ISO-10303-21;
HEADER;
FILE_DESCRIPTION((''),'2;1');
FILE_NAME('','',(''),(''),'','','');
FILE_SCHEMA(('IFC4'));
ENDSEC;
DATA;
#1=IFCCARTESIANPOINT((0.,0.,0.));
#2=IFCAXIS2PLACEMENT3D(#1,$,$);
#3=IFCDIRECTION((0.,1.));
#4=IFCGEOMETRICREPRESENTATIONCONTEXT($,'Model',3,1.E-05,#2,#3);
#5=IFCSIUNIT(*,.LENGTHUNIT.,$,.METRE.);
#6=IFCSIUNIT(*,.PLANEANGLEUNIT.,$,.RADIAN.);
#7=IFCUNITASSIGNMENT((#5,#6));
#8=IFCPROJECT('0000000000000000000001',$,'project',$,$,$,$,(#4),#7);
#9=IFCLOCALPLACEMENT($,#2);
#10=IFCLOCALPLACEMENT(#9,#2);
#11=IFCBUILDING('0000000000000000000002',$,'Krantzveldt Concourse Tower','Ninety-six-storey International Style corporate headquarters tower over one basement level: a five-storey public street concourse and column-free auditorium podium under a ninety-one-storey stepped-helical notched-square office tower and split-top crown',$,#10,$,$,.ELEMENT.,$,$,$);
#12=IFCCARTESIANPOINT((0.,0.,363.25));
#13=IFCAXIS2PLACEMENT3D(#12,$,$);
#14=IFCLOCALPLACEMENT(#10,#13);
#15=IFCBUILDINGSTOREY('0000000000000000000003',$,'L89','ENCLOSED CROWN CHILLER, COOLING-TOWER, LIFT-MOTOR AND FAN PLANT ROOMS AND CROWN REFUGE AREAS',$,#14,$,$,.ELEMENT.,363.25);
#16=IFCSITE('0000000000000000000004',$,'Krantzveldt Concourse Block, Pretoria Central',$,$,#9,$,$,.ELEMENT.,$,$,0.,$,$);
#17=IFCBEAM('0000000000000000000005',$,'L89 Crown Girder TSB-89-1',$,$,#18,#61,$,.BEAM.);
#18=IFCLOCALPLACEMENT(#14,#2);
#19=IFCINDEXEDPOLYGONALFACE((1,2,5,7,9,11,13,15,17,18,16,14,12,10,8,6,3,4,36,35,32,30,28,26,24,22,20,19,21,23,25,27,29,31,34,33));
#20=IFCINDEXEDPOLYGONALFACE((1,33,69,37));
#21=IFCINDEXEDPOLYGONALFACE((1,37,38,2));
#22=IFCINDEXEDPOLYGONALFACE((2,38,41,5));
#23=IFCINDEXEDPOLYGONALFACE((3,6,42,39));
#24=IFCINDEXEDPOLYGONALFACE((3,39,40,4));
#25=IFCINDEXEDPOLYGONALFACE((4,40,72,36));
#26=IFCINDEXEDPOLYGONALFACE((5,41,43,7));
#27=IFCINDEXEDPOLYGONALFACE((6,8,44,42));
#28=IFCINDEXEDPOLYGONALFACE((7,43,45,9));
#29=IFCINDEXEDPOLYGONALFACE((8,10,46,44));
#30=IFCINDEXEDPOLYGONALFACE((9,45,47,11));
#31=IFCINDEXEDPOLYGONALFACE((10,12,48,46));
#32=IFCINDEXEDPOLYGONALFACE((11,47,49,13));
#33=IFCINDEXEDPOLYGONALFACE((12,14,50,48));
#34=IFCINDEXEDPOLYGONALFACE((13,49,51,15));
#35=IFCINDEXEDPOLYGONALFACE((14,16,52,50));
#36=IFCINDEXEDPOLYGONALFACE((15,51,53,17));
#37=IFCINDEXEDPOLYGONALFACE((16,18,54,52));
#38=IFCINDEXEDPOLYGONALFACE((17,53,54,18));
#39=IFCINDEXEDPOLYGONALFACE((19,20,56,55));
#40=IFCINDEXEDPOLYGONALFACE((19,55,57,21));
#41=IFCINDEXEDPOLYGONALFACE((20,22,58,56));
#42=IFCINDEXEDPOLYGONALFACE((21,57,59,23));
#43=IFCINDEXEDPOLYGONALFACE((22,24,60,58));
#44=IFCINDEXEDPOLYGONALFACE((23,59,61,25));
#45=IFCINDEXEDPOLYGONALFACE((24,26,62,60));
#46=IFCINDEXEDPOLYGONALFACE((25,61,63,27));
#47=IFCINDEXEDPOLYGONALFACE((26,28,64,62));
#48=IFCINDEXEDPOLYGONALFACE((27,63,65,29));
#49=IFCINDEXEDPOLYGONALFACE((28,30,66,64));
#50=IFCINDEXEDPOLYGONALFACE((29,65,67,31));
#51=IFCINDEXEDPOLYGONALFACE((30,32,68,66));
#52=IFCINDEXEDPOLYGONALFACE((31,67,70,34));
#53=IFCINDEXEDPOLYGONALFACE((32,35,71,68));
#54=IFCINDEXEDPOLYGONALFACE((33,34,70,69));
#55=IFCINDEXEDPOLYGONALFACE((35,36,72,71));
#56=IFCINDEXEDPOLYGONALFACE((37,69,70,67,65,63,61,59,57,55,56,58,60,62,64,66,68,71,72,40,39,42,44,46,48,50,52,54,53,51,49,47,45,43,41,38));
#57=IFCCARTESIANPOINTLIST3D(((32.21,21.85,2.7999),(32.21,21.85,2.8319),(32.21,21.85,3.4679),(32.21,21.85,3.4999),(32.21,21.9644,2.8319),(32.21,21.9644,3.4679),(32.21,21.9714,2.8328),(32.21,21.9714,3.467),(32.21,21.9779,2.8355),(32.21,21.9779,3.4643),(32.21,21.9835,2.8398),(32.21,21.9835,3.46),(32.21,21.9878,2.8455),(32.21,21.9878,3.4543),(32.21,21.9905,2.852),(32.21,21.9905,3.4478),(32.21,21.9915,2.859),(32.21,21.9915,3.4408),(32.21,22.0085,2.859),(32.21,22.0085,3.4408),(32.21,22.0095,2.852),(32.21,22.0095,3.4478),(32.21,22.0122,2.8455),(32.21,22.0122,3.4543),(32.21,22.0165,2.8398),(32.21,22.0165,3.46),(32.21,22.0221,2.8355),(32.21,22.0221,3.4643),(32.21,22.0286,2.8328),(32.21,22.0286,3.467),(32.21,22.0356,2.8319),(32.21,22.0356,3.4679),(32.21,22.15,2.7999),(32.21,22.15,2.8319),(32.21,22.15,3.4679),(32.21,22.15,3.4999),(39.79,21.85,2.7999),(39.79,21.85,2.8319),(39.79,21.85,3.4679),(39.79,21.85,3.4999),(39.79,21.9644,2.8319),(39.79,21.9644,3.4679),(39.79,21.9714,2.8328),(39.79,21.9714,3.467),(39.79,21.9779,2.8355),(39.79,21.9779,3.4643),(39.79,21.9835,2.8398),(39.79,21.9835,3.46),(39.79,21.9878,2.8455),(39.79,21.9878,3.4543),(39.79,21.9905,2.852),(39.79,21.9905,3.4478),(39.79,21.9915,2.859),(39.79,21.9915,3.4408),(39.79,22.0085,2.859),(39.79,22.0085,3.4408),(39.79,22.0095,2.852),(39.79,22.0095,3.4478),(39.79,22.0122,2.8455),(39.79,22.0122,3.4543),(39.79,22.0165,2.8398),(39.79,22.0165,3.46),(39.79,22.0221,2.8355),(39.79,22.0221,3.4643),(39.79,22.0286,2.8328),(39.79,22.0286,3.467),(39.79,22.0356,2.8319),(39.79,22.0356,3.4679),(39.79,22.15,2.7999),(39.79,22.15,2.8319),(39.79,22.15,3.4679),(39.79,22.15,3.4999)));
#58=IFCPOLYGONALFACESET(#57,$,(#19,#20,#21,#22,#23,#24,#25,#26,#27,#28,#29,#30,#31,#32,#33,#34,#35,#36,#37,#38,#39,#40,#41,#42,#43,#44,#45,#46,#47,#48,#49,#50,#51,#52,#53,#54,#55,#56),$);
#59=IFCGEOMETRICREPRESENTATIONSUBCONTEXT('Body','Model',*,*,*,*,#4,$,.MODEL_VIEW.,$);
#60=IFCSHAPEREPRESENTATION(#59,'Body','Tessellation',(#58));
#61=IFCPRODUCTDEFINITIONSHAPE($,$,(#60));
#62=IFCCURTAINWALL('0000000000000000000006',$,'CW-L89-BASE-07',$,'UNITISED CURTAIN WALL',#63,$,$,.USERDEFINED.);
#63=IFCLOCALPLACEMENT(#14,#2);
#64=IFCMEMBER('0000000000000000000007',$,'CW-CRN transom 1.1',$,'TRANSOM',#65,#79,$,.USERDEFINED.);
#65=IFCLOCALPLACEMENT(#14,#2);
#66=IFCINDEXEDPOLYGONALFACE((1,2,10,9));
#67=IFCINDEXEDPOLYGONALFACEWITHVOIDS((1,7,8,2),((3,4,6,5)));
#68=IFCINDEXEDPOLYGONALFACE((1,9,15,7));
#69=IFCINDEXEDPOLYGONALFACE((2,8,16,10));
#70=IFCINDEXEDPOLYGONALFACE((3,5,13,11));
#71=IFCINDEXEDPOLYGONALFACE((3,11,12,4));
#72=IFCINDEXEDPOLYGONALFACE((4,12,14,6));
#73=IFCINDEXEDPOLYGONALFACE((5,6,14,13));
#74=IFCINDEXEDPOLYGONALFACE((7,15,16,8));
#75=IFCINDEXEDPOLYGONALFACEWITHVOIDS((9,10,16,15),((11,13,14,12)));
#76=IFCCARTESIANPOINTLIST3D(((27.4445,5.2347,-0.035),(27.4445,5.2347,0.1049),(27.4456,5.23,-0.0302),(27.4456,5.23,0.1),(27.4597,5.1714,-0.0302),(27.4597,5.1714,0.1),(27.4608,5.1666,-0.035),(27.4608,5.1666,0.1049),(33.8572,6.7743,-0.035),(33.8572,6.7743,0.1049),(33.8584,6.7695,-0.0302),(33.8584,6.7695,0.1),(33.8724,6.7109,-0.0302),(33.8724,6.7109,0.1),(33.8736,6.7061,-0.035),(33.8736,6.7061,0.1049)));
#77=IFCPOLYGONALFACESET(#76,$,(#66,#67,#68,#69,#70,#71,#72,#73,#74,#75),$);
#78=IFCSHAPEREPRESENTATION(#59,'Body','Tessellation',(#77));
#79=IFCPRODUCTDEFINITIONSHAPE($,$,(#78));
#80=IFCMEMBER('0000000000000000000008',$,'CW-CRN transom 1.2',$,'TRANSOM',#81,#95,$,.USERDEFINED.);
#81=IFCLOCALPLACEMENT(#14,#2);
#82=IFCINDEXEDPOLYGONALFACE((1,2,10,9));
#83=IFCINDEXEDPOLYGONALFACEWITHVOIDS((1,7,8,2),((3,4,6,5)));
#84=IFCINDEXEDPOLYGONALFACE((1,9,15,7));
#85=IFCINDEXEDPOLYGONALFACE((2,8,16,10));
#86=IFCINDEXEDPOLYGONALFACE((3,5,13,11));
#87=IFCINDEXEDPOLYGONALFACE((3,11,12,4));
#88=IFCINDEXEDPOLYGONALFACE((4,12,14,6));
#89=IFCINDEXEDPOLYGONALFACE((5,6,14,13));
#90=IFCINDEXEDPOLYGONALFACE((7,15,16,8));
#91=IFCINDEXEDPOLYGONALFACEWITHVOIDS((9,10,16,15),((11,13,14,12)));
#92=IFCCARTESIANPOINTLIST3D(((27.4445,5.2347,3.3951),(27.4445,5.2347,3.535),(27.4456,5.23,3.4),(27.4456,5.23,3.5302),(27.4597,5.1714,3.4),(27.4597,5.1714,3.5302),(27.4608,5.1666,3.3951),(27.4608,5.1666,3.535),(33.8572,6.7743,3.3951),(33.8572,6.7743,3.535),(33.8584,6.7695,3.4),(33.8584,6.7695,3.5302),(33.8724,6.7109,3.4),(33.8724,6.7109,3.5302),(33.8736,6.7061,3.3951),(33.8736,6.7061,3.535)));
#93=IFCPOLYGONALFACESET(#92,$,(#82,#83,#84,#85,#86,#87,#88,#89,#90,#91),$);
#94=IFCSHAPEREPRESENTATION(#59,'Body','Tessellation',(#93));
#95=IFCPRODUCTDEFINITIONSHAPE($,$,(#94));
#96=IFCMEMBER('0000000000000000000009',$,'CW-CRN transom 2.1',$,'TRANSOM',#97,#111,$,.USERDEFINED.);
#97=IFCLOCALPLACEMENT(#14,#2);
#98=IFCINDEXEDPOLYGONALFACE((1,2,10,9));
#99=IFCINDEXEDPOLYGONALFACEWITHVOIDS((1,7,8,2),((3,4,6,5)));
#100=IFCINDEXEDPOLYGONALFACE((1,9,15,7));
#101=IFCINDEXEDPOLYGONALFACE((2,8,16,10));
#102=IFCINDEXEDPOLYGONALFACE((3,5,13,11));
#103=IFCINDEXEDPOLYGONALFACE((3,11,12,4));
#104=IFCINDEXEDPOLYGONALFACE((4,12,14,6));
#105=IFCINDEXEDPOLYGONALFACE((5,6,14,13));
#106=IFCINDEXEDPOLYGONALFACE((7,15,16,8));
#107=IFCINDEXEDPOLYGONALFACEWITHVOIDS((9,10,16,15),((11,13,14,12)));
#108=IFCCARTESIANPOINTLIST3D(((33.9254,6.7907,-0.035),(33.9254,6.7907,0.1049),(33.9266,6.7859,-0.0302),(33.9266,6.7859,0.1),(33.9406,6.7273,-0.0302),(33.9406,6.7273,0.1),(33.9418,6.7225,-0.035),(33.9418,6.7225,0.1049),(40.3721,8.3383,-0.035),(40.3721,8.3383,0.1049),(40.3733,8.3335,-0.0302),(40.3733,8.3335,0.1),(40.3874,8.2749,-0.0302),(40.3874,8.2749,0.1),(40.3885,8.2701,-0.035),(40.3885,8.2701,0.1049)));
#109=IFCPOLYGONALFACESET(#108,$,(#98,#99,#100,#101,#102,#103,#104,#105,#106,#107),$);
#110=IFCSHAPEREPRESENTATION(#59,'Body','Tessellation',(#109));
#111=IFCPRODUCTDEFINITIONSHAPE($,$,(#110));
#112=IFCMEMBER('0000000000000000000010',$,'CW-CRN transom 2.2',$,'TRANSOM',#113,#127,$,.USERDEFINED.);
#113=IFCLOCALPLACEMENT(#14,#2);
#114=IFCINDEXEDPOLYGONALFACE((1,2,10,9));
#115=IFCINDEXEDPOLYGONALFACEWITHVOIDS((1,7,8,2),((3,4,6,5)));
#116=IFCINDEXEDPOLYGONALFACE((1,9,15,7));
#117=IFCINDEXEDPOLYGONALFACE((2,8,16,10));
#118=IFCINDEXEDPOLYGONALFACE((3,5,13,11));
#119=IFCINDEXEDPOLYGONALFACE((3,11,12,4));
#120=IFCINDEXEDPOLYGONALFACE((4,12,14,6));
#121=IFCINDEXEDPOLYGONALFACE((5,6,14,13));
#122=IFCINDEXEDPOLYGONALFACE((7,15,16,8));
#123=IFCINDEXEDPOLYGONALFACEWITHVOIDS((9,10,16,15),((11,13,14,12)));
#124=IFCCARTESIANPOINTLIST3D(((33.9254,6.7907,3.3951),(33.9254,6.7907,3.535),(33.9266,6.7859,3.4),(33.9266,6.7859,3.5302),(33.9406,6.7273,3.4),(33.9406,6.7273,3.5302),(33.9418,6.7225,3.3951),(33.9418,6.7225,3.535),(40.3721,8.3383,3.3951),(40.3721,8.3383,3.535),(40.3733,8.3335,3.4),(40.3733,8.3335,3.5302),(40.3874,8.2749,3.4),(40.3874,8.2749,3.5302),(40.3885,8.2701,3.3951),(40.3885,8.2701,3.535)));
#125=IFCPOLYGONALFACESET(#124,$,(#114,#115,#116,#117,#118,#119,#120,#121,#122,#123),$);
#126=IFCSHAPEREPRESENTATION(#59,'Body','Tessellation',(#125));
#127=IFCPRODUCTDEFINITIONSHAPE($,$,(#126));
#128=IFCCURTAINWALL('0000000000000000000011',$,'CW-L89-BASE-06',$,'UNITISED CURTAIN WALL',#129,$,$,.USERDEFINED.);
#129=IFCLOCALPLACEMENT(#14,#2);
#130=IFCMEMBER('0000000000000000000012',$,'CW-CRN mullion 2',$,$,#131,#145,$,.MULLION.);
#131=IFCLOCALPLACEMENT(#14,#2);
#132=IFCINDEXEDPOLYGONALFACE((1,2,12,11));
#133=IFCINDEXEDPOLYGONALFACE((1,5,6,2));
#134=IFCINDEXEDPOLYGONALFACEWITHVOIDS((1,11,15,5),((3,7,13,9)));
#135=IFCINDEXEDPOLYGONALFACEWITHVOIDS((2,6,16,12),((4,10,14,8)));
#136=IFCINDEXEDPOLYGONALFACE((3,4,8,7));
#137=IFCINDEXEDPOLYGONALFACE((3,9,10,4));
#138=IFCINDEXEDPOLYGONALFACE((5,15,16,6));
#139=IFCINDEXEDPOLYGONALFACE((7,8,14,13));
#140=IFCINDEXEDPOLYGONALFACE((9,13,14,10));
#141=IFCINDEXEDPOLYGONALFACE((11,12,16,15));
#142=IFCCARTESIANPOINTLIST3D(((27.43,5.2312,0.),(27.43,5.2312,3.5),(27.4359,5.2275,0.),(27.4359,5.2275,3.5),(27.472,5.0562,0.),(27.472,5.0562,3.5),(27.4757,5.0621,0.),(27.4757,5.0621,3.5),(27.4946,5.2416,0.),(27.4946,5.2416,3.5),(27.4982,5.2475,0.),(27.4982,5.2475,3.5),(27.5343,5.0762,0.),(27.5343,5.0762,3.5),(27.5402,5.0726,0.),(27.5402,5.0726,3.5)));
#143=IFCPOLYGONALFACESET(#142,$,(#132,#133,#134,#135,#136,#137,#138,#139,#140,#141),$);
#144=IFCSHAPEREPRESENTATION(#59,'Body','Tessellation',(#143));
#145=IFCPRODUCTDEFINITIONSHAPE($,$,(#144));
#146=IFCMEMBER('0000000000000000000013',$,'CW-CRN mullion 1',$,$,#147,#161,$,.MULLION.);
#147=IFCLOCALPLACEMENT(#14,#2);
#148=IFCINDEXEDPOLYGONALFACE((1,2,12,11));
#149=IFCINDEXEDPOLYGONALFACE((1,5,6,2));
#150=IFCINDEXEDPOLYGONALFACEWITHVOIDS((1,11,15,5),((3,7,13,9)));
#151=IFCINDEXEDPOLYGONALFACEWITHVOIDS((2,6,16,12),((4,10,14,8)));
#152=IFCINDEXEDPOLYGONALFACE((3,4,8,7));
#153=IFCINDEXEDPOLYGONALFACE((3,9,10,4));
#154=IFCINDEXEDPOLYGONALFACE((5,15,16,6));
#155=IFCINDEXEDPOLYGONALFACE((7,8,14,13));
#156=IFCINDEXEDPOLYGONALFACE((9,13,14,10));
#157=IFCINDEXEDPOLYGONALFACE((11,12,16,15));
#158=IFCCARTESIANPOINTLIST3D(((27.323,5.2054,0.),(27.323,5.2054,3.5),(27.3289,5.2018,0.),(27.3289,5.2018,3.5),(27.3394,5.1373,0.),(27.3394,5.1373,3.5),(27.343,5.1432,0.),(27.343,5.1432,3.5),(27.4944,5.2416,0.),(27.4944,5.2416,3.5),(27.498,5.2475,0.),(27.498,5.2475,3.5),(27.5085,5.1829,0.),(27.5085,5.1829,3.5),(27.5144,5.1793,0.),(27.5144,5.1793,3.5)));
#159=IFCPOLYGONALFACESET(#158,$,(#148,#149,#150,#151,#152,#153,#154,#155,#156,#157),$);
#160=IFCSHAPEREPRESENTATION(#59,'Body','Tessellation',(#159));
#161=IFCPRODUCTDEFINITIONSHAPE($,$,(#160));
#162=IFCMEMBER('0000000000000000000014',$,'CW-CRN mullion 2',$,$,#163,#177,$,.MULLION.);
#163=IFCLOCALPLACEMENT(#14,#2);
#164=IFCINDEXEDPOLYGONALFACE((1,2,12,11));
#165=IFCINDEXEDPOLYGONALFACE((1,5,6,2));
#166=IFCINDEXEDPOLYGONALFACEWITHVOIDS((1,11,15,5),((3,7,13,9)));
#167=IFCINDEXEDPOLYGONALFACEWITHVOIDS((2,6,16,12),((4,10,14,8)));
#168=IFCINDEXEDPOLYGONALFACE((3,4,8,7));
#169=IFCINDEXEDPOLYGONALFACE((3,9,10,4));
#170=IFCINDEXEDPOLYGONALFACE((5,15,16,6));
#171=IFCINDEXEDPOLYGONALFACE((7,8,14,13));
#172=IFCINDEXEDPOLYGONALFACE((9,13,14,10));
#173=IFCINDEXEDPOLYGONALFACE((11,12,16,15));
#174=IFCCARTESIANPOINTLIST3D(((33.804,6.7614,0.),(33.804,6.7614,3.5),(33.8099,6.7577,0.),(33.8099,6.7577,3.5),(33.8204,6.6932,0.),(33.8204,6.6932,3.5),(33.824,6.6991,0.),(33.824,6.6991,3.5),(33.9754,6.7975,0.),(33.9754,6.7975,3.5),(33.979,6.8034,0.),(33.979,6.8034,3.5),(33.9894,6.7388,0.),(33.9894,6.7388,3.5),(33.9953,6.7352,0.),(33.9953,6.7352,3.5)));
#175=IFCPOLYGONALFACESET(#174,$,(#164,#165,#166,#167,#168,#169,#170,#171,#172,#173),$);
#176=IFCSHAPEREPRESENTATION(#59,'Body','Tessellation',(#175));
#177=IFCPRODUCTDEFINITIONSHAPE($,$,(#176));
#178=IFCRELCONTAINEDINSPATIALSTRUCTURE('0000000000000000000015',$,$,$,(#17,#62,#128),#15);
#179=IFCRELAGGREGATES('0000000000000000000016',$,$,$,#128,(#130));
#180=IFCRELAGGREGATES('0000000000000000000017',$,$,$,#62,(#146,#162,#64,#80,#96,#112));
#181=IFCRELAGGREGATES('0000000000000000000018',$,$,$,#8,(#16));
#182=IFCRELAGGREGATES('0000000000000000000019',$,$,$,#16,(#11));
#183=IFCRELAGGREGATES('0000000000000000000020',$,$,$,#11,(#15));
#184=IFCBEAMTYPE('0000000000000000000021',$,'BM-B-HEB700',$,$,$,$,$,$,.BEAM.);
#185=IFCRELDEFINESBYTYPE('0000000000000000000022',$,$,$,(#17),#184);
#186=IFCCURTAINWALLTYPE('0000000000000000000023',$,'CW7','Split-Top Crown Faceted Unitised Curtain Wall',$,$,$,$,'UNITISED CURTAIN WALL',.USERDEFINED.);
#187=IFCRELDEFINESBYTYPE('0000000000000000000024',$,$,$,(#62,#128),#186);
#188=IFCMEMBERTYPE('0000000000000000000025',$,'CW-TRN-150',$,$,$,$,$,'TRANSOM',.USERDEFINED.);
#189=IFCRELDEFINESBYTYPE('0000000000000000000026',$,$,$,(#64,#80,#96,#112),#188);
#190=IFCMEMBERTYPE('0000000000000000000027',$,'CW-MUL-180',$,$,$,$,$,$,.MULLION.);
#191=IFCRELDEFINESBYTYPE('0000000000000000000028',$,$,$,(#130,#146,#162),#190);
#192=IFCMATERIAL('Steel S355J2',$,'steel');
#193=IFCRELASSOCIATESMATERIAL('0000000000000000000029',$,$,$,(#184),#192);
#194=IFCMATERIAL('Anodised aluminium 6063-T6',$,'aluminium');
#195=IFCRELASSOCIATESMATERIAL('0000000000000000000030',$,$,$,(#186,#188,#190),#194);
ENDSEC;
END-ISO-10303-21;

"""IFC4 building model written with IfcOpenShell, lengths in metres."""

from ifc_helpers import new_model, si_unit, direction, frame, origin, origin_2d, place, context, subcontext, project, spatial, hollow_rectangle, i_section, extrude, source, transform, mapped, material, material_profile, profile_set, type_object, type_shapes, element, aggregate, save


model = new_model("IFC4")

# Units and contexts
model_context = context("Model", 3, precision=1e-05, world=origin(), true_north=direction((0.0, 1.0)))
body_context = subcontext(model_context, "Body", "Model", "MODEL_VIEW")
ifc_project = project(units=[si_unit("LENGTHUNIT", "METRE"), si_unit("PLANEANGLEUNIT", "RADIAN")], contexts=[model_context])

# Site, building, storey
site_placement = place(None, origin())
site = spatial("IfcSite", under=ifc_project, at=site_placement, Name="Krantzveldt Concourse Block, Pretoria Central", CompositionType="ELEMENT", RefElevation=0.0)
building_placement = place(site_placement, origin())
building = spatial("IfcBuilding", under=site, at=building_placement, Name="Krantzveldt Concourse Tower", Description="Ninety-six-storey International Style corporate headquarters tower over one basement level: a five-storey public street concourse and column-free auditorium podium under a ninety-one-storey stepped-helical notched-square office tower and split-top crown", CompositionType="ELEMENT")
storey_placement = place(building_placement, frame((0.0, 0.0, 363.25)))
storey = spatial("IfcBuildingStorey", under=building, at=storey_placement, Name="L89", Description="ENCLOSED CROWN CHILLER, COOLING-TOWER, LIFT-MOTOR AND FAN PLANT ROOMS AND CROWN REFUGE AREAS", CompositionType="ELEMENT", Elevation=363.25)

# Beam
ifc_material_1 = material(Name="Steel S355J2", Category="steel")
ifc_material_profile_1 = material_profile(ifc_material_1, i_section(OverallWidth=0.3, OverallDepth=0.7, WebThickness=0.0171, FlangeThickness=0.032, FilletRadius=0.0271, at=origin_2d()), Name="Steel S355J2", Category="steel")
ifc_profile_set_1 = profile_set([ifc_material_profile_1], Name="Steel S355J2 - HEB 700")
beam_type = type_object("IfcBeamType", Name="BM-B-HEB700", PredefinedType="BEAM", material=ifc_profile_set_1)
shared_shape_1 = source(origin(), body_context, "Body", "SweptSolid", [
    extrude(i_section(OverallWidth=0.3, OverallDepth=0.7, WebThickness=0.0171, FlangeThickness=0.032, FilletRadius=0.0271, at=origin_2d()), origin(), (0.0, 0.0, 1.0), 7.5801),
])
type_shapes(beam_type, [shared_shape_1])
beam_placement = place(storey_placement, frame((32.21, 22.0, 3.1499), z_axis=(1.0, 0.0, 0.0), x_axis=(0.0, 1.0, 0.0)))
element("IfcBeam", 1, at=beam_placement, inside=storey, type_object=beam_type, Name="L89 Crown Girder TSB-89-1", PredefinedType="BEAM", context=body_context, shape_type="MappedRepresentation", body=[
    mapped(shared_shape_1, transform((0.0, 0.0, 0.0), x_axis=(1.0, 0.0, 0.0), y_axis=(0.0, 1.0, 0.0), z_axis=(0.0, 0.0, 1.0), scale=1.0)),
])

# Curtain wall, members
ifc_material_2 = material(Name="Anodised aluminium 6063-T6", Category="aluminium")
curtain_wall_type = type_object("IfcCurtainWallType", Name="CW7", Description="Split-Top Crown Faceted Unitised Curtain Wall", ElementType="UNITISED CURTAIN WALL", PredefinedType="USERDEFINED", material=ifc_material_2)
curtain_wall_1_placement = place(storey_placement, origin())
curtain_wall_1 = element("IfcCurtainWall", 2, at=curtain_wall_1_placement, inside=storey, type_object=curtain_wall_type, Name="CW-L89-BASE-07", ObjectType="UNITISED CURTAIN WALL", PredefinedType="USERDEFINED")
ifc_material_profile_2 = material_profile(ifc_material_2, hollow_rectangle(XDim=0.0701, YDim=0.1399, WallThickness=0.0049, at=origin_2d()), Name="Anodised aluminium 6063-T6", Category="aluminium")
ifc_profile_set_2 = profile_set([ifc_material_profile_2], Name="Anodised aluminium 6063-T6 - ALU-TRAN 140x70x5")
member_type_1 = type_object("IfcMemberType", Name="CW-TRN-150", ElementType="TRANSOM", PredefinedType="USERDEFINED", material=ifc_profile_set_2)
shared_shape_2 = source(origin(), body_context, "Body", "SweptSolid", [
    extrude(hollow_rectangle(XDim=0.0701, YDim=0.1399, WallThickness=0.0049, at=origin_2d()), origin(), (0.0, 0.0, 1.0), 6.595),
])
member_1_placement = place(storey_placement, frame((27.4526, 5.2007, 0.0349), z_axis=(0.972371, 0.23344, 0.0), x_axis=(-0.23344, 0.972371, 0.0)))
member_1 = element("IfcMember", 3, at=member_1_placement, type_object=member_type_1, Name="CW-CRN transom 1.1", ObjectType="TRANSOM", PredefinedType="USERDEFINED", context=body_context, shape_type="MappedRepresentation", body=[
    mapped(shared_shape_2, transform((0.0, 0.0, 0.0), x_axis=(1.0, 0.0, 0.0), y_axis=(0.0, 1.0, 0.0), z_axis=(0.0, 0.0, 1.0), scale=1.0)),
])
member_2_placement = place(storey_placement, frame((27.4526, 5.2007, 3.4651), z_axis=(0.972371, 0.23344, 0.0), x_axis=(-0.23344, 0.972371, 0.0)))
member_2 = element("IfcMember", 4, at=member_2_placement, type_object=member_type_1, Name="CW-CRN transom 1.2", ObjectType="TRANSOM", PredefinedType="USERDEFINED", context=body_context, shape_type="MappedRepresentation", body=[
    mapped(shared_shape_2, transform((0.0, 0.0, 0.0), x_axis=(1.0, 0.0, 0.0), y_axis=(0.0, 1.0, 0.0), z_axis=(0.0, 0.0, 1.0), scale=1.0)),
])
shared_shape_3 = source(origin(), body_context, "Body", "SweptSolid", [
    extrude(hollow_rectangle(XDim=0.0701, YDim=0.1399, WallThickness=0.0049, at=origin_2d()), origin(), (0.0, 0.0, 1.0), 6.6299),
])
type_shapes(member_type_1, [shared_shape_2, shared_shape_3])
member_3_placement = place(storey_placement, frame((33.9336, 6.7566, 0.0349), z_axis=(0.972374, 0.233427, 0.0), x_axis=(-0.233427, 0.972374, 0.0)))
member_3 = element("IfcMember", 5, at=member_3_placement, type_object=member_type_1, Name="CW-CRN transom 2.1", ObjectType="TRANSOM", PredefinedType="USERDEFINED", context=body_context, shape_type="MappedRepresentation", body=[
    mapped(shared_shape_3, transform((0.0, 0.0, 0.0), x_axis=(1.0, 0.0, 0.0), y_axis=(0.0, 1.0, 0.0), z_axis=(0.0, 0.0, 1.0), scale=1.0)),
])
member_4_placement = place(storey_placement, frame((33.9336, 6.7566, 3.4651), z_axis=(0.972374, 0.233427, 0.0), x_axis=(-0.233427, 0.972374, 0.0)))
member_4 = element("IfcMember", 6, at=member_4_placement, type_object=member_type_1, Name="CW-CRN transom 2.2", ObjectType="TRANSOM", PredefinedType="USERDEFINED", context=body_context, shape_type="MappedRepresentation", body=[
    mapped(shared_shape_3, transform((0.0, 0.0, 0.0), x_axis=(1.0, 0.0, 0.0), y_axis=(0.0, 1.0, 0.0), z_axis=(0.0, 0.0, 1.0), scale=1.0)),
])

# Curtain wall, member
curtain_wall_2_placement = place(storey_placement, origin())
curtain_wall_2 = element("IfcCurtainWall", 7, at=curtain_wall_2_placement, inside=storey, type_object=curtain_wall_type, Name="CW-L89-BASE-06", ObjectType="UNITISED CURTAIN WALL", PredefinedType="USERDEFINED")
ifc_material_profile_3 = material_profile(ifc_material_2, hollow_rectangle(XDim=0.0701, YDim=0.1799, WallThickness=0.0049, at=origin_2d()), Name="Anodised aluminium 6063-T6", Category="aluminium")
ifc_profile_set_3 = profile_set([ifc_material_profile_3], Name="Anodised aluminium 6063-T6 - ALU-MULL 180x70x5")
member_type_2 = type_object("IfcMemberType", Name="CW-MUL-180", PredefinedType="MULLION", material=ifc_profile_set_3)
shared_shape_4 = source(origin(), body_context, "Body", "SweptSolid", [
    extrude(hollow_rectangle(XDim=0.0701, YDim=0.1799, WallThickness=0.0049, at=origin_2d()), origin(), (0.0, 0.0, 1.0), 3.5),
])
type_shapes(member_type_2, [shared_shape_4])
member_5_placement = place(storey_placement, frame((27.4851, 5.1519, 0.0), z_axis=(0.0, 0.0, 1.0), x_axis=(0.97237, 0.233444, 0.0)))
member_5 = element("IfcMember", 8, at=member_5_placement, type_object=member_type_2, Name="CW-CRN mullion 2", PredefinedType="MULLION", context=body_context, shape_type="MappedRepresentation", body=[
    mapped(shared_shape_4, transform((0.0, 0.0, 0.0), x_axis=(1.0, 0.0, 0.0), y_axis=(0.0, 1.0, 0.0), z_axis=(0.0, 0.0, 1.0), scale=1.0)),
])
aggregate(curtain_wall_2, [member_5])

# Members
member_6_placement = place(storey_placement, frame((27.4187, 5.1924, 0.0), z_axis=(0.0, 0.0, 1.0), x_axis=(-0.233445, 0.97237, 0.0)))
member_6 = element("IfcMember", 9, at=member_6_placement, type_object=member_type_2, Name="CW-CRN mullion 1", PredefinedType="MULLION", context=body_context, shape_type="MappedRepresentation", body=[
    mapped(shared_shape_4, transform((0.0, 0.0, 0.0), x_axis=(1.0, 0.0, 0.0), y_axis=(0.0, 1.0, 0.0), z_axis=(0.0, 0.0, 1.0), scale=1.0)),
])
member_7_placement = place(storey_placement, frame((33.8997, 6.7483, 0.0), z_axis=(0.0, 0.0, 1.0), x_axis=(-0.233445, 0.97237, 0.0)))
member_7 = element("IfcMember", 10, at=member_7_placement, type_object=member_type_2, Name="CW-CRN mullion 2", PredefinedType="MULLION", context=body_context, shape_type="MappedRepresentation", body=[
    mapped(shared_shape_4, transform((0.0, 0.0, 0.0), x_axis=(1.0, 0.0, 0.0), y_axis=(0.0, 1.0, 0.0), z_axis=(0.0, 0.0, 1.0), scale=1.0)),
])

aggregate(curtain_wall_1, [member_6, member_7, member_1, member_2, member_3, member_4])

save(model, "model.ifc")
